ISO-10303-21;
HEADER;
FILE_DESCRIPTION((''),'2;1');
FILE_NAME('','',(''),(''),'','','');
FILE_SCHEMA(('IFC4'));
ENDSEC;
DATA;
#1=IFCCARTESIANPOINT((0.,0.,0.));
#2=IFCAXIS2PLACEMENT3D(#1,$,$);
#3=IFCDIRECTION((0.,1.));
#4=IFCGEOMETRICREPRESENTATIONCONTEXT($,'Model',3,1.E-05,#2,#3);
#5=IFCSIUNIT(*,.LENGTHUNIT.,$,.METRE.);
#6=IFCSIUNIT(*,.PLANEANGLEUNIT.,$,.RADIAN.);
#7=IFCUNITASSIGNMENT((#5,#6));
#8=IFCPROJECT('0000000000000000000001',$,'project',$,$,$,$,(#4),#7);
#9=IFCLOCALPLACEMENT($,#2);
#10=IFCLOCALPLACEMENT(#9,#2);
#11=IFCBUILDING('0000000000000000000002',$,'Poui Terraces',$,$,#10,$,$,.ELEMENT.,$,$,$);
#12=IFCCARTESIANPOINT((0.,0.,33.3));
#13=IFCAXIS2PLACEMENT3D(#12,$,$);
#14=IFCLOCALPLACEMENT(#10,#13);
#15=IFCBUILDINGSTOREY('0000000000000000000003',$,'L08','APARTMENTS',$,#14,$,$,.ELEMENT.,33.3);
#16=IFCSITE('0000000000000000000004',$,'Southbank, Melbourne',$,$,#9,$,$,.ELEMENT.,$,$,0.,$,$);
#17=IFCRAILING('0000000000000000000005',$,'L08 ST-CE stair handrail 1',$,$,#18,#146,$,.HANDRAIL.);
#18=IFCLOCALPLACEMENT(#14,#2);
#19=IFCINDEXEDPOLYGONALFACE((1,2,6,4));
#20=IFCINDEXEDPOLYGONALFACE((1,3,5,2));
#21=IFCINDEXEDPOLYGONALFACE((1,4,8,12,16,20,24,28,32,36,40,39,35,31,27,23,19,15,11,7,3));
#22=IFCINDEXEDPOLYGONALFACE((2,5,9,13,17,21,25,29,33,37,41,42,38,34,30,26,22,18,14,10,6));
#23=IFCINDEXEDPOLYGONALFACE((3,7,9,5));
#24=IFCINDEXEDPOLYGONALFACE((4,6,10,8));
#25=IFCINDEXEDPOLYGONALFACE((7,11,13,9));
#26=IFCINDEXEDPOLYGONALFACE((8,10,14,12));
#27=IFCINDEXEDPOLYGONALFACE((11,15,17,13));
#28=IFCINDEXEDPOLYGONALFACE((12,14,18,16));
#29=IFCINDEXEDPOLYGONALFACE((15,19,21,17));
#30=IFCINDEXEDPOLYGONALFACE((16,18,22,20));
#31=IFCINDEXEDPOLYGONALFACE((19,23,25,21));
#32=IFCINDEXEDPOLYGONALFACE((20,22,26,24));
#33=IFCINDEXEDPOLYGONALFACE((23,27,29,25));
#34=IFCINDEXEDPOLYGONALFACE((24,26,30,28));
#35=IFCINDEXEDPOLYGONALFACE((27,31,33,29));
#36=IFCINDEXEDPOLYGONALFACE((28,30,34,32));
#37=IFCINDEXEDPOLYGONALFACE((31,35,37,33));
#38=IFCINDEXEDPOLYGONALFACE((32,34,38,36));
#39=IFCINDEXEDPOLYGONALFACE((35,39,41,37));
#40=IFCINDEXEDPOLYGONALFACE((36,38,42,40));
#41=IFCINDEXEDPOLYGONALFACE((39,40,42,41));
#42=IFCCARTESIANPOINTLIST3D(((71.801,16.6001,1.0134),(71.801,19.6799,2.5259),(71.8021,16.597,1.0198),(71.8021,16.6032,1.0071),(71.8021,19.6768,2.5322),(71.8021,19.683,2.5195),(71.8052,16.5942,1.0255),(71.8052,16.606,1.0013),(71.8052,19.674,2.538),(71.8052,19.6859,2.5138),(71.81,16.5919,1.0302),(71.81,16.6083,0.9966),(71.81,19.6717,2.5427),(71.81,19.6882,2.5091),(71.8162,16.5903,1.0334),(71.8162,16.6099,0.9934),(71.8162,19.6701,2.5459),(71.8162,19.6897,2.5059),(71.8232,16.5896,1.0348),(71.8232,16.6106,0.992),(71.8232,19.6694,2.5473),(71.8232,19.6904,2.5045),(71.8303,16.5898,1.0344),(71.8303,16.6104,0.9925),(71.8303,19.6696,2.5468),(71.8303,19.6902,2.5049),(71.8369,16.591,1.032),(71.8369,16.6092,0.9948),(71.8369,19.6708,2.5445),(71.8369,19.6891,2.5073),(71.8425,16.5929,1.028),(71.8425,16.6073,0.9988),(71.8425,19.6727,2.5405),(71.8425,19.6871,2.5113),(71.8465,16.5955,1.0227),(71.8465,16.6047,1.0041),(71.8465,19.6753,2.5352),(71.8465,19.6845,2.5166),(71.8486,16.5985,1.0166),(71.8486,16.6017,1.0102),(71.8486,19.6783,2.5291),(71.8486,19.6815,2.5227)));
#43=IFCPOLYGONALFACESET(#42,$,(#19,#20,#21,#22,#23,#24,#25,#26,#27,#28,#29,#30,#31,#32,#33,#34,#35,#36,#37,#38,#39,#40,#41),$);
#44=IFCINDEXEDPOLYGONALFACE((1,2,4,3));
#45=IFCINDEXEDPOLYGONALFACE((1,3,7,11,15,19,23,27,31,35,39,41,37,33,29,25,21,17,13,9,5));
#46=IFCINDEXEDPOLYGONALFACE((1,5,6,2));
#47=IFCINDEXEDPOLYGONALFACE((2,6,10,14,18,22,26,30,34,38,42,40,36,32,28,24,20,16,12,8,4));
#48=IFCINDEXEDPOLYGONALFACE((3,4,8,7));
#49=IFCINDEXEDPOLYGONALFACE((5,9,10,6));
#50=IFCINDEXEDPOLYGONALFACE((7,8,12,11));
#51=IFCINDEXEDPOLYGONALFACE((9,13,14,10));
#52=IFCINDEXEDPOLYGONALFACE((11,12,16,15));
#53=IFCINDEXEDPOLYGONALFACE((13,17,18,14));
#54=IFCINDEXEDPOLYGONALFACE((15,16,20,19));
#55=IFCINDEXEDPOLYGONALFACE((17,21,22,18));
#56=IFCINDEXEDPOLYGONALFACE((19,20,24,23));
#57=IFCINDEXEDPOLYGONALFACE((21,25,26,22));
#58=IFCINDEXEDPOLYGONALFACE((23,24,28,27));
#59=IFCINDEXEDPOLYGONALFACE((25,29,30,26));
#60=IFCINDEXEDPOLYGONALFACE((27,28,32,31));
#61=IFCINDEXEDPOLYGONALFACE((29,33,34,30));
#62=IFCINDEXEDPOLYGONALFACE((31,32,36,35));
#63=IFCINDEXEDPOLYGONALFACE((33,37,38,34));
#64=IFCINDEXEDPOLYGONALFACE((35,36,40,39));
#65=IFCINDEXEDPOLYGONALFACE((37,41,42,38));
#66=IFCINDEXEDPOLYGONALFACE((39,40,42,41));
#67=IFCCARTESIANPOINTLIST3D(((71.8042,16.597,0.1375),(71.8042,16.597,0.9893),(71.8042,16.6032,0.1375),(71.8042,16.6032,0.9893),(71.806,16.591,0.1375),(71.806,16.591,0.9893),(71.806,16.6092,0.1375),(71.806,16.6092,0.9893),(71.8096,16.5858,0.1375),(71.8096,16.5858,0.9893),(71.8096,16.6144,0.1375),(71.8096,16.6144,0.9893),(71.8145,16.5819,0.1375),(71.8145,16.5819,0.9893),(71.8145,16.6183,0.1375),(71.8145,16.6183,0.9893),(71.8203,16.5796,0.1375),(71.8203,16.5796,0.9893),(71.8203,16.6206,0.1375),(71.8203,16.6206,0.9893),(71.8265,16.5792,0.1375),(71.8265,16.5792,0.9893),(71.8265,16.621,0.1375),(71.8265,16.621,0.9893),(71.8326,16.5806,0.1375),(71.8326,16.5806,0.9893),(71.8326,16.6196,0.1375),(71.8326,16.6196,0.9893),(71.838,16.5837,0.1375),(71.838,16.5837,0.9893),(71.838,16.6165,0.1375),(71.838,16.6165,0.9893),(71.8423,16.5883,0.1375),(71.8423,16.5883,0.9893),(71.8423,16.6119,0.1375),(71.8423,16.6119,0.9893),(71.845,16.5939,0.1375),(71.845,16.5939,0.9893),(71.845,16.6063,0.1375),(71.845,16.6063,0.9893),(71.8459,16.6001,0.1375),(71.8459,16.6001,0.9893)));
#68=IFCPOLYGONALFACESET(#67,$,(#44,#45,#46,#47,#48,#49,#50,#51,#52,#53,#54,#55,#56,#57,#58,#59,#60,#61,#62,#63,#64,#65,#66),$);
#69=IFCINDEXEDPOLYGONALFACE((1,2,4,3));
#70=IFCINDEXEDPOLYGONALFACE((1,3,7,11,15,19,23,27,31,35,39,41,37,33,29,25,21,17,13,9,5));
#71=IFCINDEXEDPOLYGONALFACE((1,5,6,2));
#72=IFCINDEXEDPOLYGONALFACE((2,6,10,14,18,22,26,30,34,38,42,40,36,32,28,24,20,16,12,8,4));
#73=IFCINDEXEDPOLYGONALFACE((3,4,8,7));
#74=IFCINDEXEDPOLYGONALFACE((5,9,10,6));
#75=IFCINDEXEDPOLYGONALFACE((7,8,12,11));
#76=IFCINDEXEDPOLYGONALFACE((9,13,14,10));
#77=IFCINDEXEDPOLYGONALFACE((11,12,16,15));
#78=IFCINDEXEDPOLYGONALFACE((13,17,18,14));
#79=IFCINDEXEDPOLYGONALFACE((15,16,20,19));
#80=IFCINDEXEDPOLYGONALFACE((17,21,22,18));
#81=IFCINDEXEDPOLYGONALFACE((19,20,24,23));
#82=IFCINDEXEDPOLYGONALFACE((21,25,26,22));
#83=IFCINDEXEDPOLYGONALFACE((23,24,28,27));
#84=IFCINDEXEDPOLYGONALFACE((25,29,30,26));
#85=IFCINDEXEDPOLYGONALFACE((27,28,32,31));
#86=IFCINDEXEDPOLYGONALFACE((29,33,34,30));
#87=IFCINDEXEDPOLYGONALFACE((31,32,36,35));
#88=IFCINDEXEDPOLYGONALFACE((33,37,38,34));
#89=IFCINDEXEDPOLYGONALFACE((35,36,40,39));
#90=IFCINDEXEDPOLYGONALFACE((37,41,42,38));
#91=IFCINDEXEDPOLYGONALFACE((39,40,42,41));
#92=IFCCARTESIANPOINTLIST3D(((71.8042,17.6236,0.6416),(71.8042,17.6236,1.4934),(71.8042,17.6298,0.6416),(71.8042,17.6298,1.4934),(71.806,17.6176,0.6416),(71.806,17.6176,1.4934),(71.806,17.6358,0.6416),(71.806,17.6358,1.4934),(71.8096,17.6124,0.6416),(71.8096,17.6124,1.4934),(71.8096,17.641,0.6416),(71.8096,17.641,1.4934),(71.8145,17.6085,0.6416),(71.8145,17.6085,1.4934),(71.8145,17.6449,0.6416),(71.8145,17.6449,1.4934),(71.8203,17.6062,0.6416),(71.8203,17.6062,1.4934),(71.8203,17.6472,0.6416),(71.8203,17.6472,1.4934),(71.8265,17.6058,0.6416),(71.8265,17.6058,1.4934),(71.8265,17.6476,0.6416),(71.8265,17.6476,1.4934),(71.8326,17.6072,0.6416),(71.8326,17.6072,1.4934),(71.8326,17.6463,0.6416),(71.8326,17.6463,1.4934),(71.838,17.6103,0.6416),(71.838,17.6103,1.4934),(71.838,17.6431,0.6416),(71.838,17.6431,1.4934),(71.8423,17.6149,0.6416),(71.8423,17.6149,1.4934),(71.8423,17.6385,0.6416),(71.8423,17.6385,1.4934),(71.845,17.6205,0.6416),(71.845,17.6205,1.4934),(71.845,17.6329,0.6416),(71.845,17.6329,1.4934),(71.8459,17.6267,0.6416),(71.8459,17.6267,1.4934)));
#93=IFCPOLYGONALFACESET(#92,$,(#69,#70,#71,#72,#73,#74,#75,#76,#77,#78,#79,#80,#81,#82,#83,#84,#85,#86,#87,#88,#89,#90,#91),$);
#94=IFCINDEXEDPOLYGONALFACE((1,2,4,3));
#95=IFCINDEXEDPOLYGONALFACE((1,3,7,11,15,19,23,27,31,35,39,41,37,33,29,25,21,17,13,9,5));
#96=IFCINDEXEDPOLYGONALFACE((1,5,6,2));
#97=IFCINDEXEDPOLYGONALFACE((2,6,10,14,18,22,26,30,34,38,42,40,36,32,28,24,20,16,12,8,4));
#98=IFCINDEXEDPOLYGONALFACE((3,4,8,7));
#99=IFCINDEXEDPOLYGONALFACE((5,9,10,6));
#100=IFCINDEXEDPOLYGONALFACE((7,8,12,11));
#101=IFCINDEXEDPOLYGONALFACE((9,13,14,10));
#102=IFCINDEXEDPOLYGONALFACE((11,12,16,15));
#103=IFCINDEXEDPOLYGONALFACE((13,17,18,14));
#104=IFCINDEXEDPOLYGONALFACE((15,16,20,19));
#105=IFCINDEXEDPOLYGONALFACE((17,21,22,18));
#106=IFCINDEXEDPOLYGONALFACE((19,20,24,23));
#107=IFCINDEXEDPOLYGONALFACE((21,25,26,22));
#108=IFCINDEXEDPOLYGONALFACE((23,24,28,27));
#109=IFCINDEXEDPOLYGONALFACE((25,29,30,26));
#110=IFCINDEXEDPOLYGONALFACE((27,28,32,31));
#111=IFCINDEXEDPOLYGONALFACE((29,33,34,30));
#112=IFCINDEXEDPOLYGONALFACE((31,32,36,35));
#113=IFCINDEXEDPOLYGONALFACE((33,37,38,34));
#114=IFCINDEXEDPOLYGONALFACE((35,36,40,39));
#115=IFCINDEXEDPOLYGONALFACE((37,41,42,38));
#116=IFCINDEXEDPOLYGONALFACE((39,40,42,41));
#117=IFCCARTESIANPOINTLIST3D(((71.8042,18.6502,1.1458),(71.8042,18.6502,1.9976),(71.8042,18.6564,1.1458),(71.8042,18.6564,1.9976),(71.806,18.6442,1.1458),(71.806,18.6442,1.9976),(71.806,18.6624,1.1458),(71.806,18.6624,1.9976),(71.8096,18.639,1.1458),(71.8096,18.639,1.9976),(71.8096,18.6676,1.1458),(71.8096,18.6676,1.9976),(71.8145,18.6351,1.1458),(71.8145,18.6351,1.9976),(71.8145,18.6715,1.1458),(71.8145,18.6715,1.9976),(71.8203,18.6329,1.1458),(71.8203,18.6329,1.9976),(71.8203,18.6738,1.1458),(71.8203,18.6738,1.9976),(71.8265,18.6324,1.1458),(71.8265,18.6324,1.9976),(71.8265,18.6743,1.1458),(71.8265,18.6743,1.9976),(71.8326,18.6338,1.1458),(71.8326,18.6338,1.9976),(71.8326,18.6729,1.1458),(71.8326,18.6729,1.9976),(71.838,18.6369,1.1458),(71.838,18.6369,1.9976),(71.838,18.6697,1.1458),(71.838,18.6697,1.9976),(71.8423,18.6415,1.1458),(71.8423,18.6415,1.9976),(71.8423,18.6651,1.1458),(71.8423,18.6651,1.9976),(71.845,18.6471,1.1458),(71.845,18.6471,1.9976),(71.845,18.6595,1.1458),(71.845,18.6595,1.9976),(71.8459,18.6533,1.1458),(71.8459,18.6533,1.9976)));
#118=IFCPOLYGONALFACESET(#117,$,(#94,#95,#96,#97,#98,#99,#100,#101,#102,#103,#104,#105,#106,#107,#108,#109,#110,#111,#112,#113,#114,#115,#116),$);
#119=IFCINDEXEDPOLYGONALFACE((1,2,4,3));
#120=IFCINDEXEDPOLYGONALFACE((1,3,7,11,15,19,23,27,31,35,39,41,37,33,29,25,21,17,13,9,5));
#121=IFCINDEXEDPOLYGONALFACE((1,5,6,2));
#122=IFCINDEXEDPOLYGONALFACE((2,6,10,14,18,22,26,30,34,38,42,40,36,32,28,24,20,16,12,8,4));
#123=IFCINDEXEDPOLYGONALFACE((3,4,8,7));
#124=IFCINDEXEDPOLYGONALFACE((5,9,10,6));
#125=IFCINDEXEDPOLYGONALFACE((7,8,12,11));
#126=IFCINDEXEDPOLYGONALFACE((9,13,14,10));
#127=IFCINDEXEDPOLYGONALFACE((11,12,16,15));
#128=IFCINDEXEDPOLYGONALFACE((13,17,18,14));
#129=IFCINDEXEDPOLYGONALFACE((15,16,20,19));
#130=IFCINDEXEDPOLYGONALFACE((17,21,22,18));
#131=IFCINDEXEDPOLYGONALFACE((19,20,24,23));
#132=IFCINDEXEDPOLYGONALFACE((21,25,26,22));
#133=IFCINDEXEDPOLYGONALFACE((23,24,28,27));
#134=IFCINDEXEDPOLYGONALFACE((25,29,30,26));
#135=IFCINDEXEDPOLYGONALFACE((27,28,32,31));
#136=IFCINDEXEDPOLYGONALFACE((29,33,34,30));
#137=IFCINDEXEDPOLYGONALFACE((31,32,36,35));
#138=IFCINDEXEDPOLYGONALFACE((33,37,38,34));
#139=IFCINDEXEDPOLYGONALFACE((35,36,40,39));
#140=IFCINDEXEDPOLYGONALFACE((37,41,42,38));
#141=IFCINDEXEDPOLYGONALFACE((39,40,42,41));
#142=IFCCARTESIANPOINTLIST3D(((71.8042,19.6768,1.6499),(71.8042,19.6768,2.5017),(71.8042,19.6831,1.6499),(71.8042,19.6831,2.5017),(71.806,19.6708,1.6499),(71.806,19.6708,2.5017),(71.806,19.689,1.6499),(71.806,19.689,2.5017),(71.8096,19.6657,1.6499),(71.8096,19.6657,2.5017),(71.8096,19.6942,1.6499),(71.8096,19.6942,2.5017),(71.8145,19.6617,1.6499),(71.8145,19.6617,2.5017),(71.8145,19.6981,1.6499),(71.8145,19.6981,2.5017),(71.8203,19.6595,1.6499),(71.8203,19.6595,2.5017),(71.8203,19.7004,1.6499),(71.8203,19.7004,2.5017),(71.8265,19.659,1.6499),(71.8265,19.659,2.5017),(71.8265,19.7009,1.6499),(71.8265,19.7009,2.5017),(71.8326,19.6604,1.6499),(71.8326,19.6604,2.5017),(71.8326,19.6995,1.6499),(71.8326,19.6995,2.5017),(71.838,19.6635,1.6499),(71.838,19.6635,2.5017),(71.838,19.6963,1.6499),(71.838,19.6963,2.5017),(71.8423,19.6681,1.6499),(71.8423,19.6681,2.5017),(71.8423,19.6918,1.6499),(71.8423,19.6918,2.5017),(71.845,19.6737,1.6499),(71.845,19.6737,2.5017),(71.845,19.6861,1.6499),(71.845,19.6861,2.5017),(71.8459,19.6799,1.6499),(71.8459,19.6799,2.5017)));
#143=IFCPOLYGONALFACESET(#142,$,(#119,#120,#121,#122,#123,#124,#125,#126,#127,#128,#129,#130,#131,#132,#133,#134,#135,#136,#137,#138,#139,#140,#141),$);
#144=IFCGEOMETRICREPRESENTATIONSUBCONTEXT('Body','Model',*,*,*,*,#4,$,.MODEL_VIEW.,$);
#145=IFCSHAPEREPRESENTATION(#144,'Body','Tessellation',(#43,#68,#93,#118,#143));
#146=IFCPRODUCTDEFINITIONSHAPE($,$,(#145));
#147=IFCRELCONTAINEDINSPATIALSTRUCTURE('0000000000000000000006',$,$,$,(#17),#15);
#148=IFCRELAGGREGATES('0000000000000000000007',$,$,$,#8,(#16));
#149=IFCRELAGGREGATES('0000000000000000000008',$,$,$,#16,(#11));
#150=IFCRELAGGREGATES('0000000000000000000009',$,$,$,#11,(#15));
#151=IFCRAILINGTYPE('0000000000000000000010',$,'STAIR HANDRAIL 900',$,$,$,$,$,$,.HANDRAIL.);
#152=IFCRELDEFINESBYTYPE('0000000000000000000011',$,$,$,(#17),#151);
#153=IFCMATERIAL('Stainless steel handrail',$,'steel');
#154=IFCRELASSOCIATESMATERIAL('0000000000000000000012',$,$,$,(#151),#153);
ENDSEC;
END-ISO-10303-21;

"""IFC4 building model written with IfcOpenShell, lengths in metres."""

from ifc_helpers import new_model, si_unit, direction, frame, origin, origin_2d, place, context, subcontext, project, spatial, circle, extrude, material, type_object, element, save


model = new_model("IFC4")

# Units and contexts
model_context = context("Model", 3, precision=1e-05, world=origin(), true_north=direction((0.0, 1.0)))
body_context = subcontext(model_context, "Body", "Model", "MODEL_VIEW")
ifc_project = project(units=[si_unit("LENGTHUNIT", "METRE"), si_unit("PLANEANGLEUNIT", "RADIAN")], contexts=[model_context])

# Site, building, storey
site_placement = place(None, origin())
site = spatial("IfcSite", under=ifc_project, at=site_placement, Name="Southbank, Melbourne", CompositionType="ELEMENT", RefElevation=0.0)
building_placement = place(site_placement, origin())
building = spatial("IfcBuilding", under=site, at=building_placement, Name="Poui Terraces", CompositionType="ELEMENT")
storey_placement = place(building_placement, frame((0.0, 0.0, 33.3)))
storey = spatial("IfcBuildingStorey", under=building, at=storey_placement, Name="L08", Description="APARTMENTS", CompositionType="ELEMENT", Elevation=33.3)

# Railing
ifc_material_1 = material(Name="Stainless steel handrail", Category="steel")
railing_type_1 = type_object("IfcRailingType", Name="STAIR HANDRAIL 900", PredefinedType="HANDRAIL", material=ifc_material_1)
railing_1_placement = place(storey_placement, frame((71.825, 16.6001, 0.1375)))
element("IfcRailing", 1, at=railing_1_placement, inside=storey, type_object=railing_type_1, Name="L08 ST-CE stair handrail 1", PredefinedType="HANDRAIL", context=body_context, shape_type="SweptSolid", body=[
    extrude(circle(Radius=0.0239, at=origin_2d()), frame((0.0, 0.0, 0.876), z_axis=(0.0, 0.897606, 0.440798), x_axis=(-1.0, 0.0, 0.0)), (0.0, 0.0, 1.0), 3.4312),
    extrude(circle(Radius=0.021, at=origin_2d()), origin(), (0.0, 0.0, 1.0), 0.8518),
    extrude(circle(Radius=0.021, at=origin_2d()), frame((0.0, 1.0266, 0.5042)), (0.0, 0.0, 1.0), 0.8518),
    extrude(circle(Radius=0.021, at=origin_2d()), frame((0.0, 2.0532, 1.0083)), (0.0, 0.0, 1.0), 0.8518),
    extrude(circle(Radius=0.021, at=origin_2d()), frame((0.0, 3.0798, 1.5125)), (0.0, 0.0, 1.0), 0.8518),
])

save(model, "model.ifc")
